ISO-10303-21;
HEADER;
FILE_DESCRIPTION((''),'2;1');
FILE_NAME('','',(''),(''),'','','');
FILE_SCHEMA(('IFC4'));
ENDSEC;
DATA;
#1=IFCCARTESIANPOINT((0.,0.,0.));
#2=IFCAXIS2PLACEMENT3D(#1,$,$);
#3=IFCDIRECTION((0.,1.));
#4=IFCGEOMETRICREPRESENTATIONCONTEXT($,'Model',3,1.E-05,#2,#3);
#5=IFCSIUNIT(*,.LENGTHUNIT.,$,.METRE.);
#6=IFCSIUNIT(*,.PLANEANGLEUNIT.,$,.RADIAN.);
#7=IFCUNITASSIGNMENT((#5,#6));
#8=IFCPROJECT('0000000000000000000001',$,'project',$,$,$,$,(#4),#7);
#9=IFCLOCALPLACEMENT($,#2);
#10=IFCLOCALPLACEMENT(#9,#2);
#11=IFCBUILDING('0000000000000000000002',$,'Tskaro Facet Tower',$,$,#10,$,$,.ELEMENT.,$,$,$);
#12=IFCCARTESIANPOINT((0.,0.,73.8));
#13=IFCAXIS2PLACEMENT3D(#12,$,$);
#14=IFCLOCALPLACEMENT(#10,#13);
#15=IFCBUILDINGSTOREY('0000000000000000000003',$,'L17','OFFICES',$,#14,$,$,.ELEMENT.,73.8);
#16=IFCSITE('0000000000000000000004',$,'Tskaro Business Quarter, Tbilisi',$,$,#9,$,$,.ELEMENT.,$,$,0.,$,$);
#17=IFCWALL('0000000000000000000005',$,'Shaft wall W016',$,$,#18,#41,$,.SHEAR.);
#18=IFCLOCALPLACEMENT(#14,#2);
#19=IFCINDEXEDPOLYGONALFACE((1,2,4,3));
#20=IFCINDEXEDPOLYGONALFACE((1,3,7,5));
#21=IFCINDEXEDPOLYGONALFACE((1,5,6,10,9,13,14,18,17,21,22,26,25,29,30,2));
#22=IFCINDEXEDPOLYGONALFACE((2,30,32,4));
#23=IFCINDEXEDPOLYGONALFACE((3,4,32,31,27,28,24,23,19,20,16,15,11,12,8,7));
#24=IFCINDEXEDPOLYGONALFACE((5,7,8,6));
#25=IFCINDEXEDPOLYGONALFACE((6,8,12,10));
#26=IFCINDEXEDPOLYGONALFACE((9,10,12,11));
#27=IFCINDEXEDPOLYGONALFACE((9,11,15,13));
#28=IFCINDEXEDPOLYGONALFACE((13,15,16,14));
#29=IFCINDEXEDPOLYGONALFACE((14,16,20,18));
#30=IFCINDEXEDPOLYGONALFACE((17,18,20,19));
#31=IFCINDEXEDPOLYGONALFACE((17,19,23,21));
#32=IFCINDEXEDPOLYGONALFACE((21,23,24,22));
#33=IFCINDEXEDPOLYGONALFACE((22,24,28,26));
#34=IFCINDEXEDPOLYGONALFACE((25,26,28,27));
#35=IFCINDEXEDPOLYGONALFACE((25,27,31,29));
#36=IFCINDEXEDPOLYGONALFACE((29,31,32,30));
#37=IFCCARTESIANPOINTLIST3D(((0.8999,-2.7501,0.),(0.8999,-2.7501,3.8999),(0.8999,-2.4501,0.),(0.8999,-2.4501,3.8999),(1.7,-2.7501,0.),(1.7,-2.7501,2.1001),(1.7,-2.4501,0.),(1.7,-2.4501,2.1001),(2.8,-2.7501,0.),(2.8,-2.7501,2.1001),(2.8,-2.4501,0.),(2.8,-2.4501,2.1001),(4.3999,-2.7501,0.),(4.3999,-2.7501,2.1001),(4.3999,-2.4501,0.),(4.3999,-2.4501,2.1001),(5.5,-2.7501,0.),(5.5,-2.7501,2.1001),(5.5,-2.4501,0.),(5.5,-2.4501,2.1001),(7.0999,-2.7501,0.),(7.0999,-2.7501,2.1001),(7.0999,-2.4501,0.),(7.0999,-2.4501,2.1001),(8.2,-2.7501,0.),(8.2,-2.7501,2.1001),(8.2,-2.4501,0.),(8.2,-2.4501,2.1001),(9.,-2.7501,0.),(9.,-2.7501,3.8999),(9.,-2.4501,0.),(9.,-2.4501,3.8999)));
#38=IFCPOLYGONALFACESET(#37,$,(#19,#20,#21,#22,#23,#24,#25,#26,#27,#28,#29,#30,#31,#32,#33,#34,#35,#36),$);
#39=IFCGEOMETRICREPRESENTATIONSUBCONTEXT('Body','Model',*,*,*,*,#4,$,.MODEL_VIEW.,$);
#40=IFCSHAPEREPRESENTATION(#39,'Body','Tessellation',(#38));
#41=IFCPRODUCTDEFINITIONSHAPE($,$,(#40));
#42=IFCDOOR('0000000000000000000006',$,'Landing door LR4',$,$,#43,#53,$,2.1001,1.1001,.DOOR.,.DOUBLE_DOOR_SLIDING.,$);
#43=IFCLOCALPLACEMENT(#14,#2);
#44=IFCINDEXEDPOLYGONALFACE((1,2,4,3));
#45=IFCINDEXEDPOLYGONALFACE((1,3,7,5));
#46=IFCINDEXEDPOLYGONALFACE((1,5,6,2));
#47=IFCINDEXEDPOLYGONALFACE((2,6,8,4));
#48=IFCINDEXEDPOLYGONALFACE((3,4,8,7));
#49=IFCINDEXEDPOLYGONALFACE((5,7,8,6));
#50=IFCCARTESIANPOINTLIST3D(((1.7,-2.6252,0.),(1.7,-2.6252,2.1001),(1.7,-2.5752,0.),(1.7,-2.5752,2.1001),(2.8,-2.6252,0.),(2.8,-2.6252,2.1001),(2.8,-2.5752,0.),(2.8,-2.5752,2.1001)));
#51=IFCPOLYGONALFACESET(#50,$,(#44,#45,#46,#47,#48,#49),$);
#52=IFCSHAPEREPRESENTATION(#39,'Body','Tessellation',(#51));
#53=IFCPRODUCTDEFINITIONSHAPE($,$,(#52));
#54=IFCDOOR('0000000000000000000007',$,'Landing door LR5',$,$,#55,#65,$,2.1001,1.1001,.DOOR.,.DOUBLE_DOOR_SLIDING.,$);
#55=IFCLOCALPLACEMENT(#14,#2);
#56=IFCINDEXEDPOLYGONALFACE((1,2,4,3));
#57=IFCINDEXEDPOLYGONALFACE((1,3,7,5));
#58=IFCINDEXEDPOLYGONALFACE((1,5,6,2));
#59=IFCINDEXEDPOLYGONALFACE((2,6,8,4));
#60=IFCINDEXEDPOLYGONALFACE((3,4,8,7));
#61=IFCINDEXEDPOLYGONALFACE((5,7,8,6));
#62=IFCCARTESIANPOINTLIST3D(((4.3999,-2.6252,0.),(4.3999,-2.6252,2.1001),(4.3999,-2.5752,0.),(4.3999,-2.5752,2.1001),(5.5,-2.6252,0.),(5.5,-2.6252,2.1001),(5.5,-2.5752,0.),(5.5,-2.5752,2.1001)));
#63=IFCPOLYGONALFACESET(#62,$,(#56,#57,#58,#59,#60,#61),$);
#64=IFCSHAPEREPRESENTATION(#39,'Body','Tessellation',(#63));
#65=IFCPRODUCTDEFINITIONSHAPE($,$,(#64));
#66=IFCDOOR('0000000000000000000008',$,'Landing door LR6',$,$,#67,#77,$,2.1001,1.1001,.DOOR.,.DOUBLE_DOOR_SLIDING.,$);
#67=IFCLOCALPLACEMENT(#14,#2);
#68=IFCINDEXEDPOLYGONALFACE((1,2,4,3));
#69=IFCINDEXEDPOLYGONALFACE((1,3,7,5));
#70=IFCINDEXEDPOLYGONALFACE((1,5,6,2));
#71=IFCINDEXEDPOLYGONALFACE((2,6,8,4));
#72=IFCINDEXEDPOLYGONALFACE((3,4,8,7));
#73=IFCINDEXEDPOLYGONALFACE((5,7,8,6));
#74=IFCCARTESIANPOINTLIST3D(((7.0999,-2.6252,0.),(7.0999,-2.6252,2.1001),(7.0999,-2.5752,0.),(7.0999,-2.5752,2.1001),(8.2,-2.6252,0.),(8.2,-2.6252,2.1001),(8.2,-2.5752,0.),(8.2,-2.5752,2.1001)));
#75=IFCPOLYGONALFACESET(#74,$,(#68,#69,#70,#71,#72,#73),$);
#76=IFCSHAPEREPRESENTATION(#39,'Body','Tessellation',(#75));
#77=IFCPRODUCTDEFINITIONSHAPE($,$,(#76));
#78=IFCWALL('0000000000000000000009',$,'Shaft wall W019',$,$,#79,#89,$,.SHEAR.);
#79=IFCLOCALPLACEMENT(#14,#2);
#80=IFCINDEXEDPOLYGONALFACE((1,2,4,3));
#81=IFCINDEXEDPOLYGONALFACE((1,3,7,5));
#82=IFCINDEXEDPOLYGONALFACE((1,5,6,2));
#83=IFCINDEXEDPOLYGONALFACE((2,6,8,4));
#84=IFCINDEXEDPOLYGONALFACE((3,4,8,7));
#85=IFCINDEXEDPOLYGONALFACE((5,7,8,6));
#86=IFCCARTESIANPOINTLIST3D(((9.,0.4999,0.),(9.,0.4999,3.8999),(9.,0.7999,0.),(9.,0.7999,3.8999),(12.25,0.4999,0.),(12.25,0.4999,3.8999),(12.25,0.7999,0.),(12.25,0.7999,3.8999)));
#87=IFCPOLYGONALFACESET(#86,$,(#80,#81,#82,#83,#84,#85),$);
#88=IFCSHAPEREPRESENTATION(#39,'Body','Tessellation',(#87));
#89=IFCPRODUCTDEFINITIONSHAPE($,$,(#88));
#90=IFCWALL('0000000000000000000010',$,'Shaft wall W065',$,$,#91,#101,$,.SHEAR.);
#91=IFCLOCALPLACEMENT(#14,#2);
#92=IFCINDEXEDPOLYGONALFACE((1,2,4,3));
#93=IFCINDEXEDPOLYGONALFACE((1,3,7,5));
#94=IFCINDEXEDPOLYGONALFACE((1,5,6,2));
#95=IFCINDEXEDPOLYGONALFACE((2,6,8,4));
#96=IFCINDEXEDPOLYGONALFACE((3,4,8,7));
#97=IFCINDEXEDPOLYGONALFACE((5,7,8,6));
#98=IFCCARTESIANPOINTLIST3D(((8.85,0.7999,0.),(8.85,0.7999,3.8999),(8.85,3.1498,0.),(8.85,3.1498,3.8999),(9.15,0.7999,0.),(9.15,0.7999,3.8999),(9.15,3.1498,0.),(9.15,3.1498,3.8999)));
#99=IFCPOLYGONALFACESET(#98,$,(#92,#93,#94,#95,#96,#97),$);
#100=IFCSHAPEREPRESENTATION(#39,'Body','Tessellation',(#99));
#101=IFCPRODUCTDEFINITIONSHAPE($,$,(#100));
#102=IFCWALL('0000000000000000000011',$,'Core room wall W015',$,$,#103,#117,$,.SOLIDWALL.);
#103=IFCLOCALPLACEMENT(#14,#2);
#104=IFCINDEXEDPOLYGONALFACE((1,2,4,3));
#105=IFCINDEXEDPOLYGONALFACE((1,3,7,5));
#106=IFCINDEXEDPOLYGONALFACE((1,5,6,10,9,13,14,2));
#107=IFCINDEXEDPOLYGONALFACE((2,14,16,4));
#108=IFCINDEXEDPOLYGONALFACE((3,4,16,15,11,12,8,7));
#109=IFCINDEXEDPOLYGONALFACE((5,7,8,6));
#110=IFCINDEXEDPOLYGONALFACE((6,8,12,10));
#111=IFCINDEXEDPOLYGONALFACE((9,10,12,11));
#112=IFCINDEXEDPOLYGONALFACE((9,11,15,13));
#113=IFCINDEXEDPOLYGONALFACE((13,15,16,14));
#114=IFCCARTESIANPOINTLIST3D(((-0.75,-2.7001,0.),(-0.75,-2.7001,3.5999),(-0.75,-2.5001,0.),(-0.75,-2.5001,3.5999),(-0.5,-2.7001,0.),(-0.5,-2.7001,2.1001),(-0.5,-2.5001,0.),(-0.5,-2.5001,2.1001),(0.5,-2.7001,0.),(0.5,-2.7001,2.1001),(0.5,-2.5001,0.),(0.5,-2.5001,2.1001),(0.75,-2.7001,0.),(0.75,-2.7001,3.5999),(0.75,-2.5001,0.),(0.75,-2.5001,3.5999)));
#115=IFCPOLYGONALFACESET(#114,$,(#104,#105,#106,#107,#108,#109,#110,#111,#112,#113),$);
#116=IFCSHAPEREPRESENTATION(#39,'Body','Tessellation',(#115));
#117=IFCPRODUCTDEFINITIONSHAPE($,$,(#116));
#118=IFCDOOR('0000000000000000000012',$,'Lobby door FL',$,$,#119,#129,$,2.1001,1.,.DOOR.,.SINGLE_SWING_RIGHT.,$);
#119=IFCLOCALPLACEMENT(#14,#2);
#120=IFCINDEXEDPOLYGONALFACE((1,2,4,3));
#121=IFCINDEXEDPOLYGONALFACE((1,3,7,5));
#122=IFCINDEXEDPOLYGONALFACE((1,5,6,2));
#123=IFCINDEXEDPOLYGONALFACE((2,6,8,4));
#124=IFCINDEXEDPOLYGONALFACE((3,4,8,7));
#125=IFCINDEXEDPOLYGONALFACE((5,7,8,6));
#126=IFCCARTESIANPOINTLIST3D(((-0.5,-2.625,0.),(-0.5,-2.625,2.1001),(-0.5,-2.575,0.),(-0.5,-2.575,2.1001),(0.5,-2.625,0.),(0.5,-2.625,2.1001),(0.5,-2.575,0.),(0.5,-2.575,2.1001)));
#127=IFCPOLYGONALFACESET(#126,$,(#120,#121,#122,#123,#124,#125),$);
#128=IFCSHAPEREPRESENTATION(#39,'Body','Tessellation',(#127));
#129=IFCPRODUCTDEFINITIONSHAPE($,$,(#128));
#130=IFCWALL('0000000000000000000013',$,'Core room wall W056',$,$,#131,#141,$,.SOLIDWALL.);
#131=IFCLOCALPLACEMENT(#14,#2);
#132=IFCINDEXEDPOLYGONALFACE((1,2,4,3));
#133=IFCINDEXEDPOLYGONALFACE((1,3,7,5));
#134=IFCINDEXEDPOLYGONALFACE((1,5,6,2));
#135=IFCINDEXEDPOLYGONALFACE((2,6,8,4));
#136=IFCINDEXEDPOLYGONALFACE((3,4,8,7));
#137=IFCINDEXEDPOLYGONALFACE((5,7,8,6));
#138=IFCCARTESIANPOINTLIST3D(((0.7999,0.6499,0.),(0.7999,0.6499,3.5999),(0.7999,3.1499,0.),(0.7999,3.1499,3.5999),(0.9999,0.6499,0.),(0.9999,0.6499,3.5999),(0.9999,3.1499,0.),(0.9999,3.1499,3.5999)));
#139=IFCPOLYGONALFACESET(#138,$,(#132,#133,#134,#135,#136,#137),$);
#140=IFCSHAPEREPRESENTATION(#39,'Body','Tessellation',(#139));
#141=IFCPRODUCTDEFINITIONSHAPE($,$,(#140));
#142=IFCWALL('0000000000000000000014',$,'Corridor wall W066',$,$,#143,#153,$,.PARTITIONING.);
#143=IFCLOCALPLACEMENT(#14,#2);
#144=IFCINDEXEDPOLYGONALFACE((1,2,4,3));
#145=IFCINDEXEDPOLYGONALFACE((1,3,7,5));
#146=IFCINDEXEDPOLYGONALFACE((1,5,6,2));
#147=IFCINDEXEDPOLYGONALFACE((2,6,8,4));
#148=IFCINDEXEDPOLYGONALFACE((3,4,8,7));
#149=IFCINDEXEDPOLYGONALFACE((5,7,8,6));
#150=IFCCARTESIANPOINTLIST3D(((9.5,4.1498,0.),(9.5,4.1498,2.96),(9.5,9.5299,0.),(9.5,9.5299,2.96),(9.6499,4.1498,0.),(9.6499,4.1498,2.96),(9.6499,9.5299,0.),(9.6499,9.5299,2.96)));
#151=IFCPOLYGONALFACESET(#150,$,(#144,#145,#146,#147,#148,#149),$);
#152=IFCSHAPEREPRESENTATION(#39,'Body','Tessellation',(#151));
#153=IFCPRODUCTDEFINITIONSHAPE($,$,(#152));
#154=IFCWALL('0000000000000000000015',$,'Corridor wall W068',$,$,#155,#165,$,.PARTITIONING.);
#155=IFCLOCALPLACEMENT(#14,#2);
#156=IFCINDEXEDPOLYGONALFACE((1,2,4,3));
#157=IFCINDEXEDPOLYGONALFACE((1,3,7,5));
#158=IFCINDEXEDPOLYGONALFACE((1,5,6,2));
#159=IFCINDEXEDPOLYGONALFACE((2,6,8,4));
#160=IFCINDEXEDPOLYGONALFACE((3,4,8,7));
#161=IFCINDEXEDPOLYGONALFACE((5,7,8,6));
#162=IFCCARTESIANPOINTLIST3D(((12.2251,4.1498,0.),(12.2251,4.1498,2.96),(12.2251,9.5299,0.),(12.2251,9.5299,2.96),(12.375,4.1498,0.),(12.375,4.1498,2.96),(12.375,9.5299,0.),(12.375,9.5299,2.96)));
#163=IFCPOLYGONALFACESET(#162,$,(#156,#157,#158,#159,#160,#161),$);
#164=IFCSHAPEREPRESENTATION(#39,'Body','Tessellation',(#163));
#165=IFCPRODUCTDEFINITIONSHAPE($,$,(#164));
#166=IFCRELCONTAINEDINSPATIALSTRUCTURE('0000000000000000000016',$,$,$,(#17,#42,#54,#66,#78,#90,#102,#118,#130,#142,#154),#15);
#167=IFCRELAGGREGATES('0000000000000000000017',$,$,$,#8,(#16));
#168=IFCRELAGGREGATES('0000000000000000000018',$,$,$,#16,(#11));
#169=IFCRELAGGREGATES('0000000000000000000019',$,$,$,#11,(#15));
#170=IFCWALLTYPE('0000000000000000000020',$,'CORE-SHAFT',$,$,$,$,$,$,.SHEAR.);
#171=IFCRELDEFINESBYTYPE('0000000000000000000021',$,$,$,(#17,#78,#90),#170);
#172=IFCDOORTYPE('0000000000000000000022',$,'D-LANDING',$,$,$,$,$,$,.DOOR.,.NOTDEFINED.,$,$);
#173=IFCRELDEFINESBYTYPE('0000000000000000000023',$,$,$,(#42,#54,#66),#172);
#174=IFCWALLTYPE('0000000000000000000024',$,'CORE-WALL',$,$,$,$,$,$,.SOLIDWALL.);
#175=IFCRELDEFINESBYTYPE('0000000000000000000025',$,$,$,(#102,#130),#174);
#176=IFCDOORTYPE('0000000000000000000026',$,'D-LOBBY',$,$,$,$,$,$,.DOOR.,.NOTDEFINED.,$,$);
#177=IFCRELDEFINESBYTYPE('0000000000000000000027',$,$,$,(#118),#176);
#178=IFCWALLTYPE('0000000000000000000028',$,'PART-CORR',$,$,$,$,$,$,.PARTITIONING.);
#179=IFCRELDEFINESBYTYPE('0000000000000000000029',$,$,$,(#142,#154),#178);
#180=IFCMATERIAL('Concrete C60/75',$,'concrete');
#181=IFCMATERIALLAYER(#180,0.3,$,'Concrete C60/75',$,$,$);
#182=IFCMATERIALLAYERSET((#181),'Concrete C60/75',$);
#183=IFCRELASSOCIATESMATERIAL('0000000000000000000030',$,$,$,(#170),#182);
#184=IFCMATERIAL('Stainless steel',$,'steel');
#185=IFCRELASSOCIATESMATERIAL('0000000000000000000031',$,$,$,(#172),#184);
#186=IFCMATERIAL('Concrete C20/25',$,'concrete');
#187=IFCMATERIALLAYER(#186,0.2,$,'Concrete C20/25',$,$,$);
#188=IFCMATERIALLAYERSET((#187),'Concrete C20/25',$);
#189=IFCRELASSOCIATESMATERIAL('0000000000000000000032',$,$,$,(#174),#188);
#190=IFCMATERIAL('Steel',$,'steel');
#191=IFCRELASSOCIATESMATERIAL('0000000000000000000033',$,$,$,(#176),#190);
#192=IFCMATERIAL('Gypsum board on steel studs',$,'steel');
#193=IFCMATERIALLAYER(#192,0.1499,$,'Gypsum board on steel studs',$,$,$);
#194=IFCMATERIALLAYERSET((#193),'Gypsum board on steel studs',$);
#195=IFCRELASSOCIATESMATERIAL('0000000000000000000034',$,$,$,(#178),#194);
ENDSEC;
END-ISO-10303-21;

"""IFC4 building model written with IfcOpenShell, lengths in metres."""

from ifc_helpers import new_model, si_unit, direction, frame, frame_2d, origin, place, context, subcontext, project, spatial, rectangle, extrude, material, layer, layer_set, type_object, element, fill, save


model = new_model("IFC4")

# Units and contexts
model_context = context("Model", 3, precision=1e-05, world=origin(), true_north=direction((0.0, 1.0)))
body_context = subcontext(model_context, "Body", "Model", "MODEL_VIEW")
ifc_project = project(units=[si_unit("LENGTHUNIT", "METRE"), si_unit("PLANEANGLEUNIT", "RADIAN")], contexts=[model_context])

# Site, building, storey
site_placement = place(None, origin())
site = spatial("IfcSite", under=ifc_project, at=site_placement, Name="Tskaro Business Quarter, Tbilisi", CompositionType="ELEMENT", RefElevation=0.0)
building_placement = place(site_placement, origin())
building = spatial("IfcBuilding", under=site, at=building_placement, Name="Tskaro Facet Tower", CompositionType="ELEMENT")
storey_placement = place(building_placement, frame((0.0, 0.0, 73.8)))
storey = spatial("IfcBuildingStorey", under=building, at=storey_placement, Name="L17", Description="OFFICES", CompositionType="ELEMENT", Elevation=73.8)

# Wall, openings, doors
ifc_material_1 = material(Name="Concrete C60/75", Category="concrete")
ifc_layer_1 = layer(ifc_material_1, 0.3, Name="Concrete C60/75")
ifc_layer_set_1 = layer_set([ifc_layer_1], Name="Concrete C60/75")
wall_type_1 = type_object("IfcWallType", Name="CORE-SHAFT", PredefinedType="SHEAR", material=ifc_layer_set_1)
wall_1_placement = place(storey_placement, frame((0.8999, -2.6001, 0.0), z_axis=(0.0, 0.0, 1.0), x_axis=(1.0, 0.0, 0.0)))
wall_1 = element("IfcWall", 1, at=wall_1_placement, inside=storey, type_object=wall_type_1, Name="Shaft wall W016", PredefinedType="SHEAR", context=body_context, shape_type="SweptSolid", body=[
    extrude(rectangle(XDim=8.1001, YDim=0.3, at=frame_2d((4.05, 0.0))), origin(), (0.0, 0.0, 1.0), 3.8999),
])
opening_1_placement = place(wall_1_placement, frame((0.8, 0.0, 0.0)))
opening_1 = element("IfcOpeningElement", 2, at=opening_1_placement, cuts=wall_1, PredefinedType="OPENING", context=body_context, shape_type="SweptSolid", body=[
    extrude(rectangle(XDim=1.1001, YDim=2.1001, at=frame_2d((0.55, 1.05))), frame((0.0, 0.1599, 0.0), z_axis=(0.0, -1.0, 0.0), x_axis=(1.0, 0.0, 0.0)), (0.0, 0.0, 1.0), 0.3201),
])
opening_2_placement = place(wall_1_placement, frame((3.5, 0.0, 0.0)))
opening_2 = element("IfcOpeningElement", 3, at=opening_2_placement, cuts=wall_1, PredefinedType="OPENING", context=body_context, shape_type="SweptSolid", body=[
    extrude(rectangle(XDim=1.1001, YDim=2.1001, at=frame_2d((0.55, 1.05))), frame((0.0, 0.1599, 0.0), z_axis=(0.0, -1.0, 0.0), x_axis=(1.0, 0.0, 0.0)), (0.0, 0.0, 1.0), 0.3201),
])
opening_3_placement = place(wall_1_placement, frame((6.2, 0.0, 0.0)))
opening_3 = element("IfcOpeningElement", 4, at=opening_3_placement, cuts=wall_1, PredefinedType="OPENING", context=body_context, shape_type="SweptSolid", body=[
    extrude(rectangle(XDim=1.1001, YDim=2.1001, at=frame_2d((0.55, 1.05))), frame((0.0, 0.1599, 0.0), z_axis=(0.0, -1.0, 0.0), x_axis=(1.0, 0.0, 0.0)), (0.0, 0.0, 1.0), 0.3201),
])
ifc_material_2 = material(Name="Stainless steel", Category="steel")
door_type_1 = type_object("IfcDoorType", Name="D-LANDING", OperationType="NOTDEFINED", PredefinedType="DOOR", material=ifc_material_2)
door_1_placement = place(opening_1_placement, origin())
door_1 = element("IfcDoor", 5, at=door_1_placement, inside=storey, type_object=door_type_1, Name="Landing door LR4", OperationType="DOUBLE_DOOR_SLIDING", OverallHeight=2.1001, OverallWidth=1.1001, PredefinedType="DOOR", context=body_context, shape_type="SweptSolid", body=[
    extrude(rectangle(XDim=1.1001, YDim=2.1001, at=frame_2d((0.55, 1.05))), frame((0.0, 0.0249, 0.0), z_axis=(0.0, -1.0, 0.0), x_axis=(1.0, 0.0, 0.0)), (0.0, 0.0, 1.0), 0.05),
])
fill(opening_1, door_1)
door_2_placement = place(opening_2_placement, origin())
door_2 = element("IfcDoor", 6, at=door_2_placement, inside=storey, type_object=door_type_1, Name="Landing door LR5", OperationType="DOUBLE_DOOR_SLIDING", OverallHeight=2.1001, OverallWidth=1.1001, PredefinedType="DOOR", context=body_context, shape_type="SweptSolid", body=[
    extrude(rectangle(XDim=1.1001, YDim=2.1001, at=frame_2d((0.55, 1.05))), frame((0.0, 0.0249, 0.0), z_axis=(0.0, -1.0, 0.0), x_axis=(1.0, 0.0, 0.0)), (0.0, 0.0, 1.0), 0.05),
])
fill(opening_2, door_2)
door_3_placement = place(opening_3_placement, origin())
door_3 = element("IfcDoor", 7, at=door_3_placement, inside=storey, type_object=door_type_1, Name="Landing door LR6", OperationType="DOUBLE_DOOR_SLIDING", OverallHeight=2.1001, OverallWidth=1.1001, PredefinedType="DOOR", context=body_context, shape_type="SweptSolid", body=[
    extrude(rectangle(XDim=1.1001, YDim=2.1001, at=frame_2d((0.55, 1.05))), frame((0.0, 0.0249, 0.0), z_axis=(0.0, -1.0, 0.0), x_axis=(1.0, 0.0, 0.0)), (0.0, 0.0, 1.0), 0.05),
])
fill(opening_3, door_3)

# Walls
wall_2_placement = place(storey_placement, frame((12.25, 0.6499, 0.0), z_axis=(0.0, 0.0, 1.0), x_axis=(-1.0, 0.0, 0.0)))
element("IfcWall", 8, at=wall_2_placement, inside=storey, type_object=wall_type_1, Name="Shaft wall W019", PredefinedType="SHEAR", context=body_context, shape_type="SweptSolid", body=[
    extrude(rectangle(XDim=3.25, YDim=0.3, at=frame_2d((1.625, 0.0))), origin(), (0.0, 0.0, 1.0), 3.8999),
])
wall_3_placement = place(storey_placement, frame((9.0, 0.8, 0.0), z_axis=(0.0, 0.0, 1.0), x_axis=(0.0, 1.0, 0.0)))
element("IfcWall", 9, at=wall_3_placement, inside=storey, type_object=wall_type_1, Name="Shaft wall W065", PredefinedType="SHEAR", context=body_context, shape_type="SweptSolid", body=[
    extrude(rectangle(XDim=2.3499, YDim=0.3, at=frame_2d((1.1748, 0.0))), origin(), (0.0, 0.0, 1.0), 3.8999),
])

# Wall, opening, door
ifc_material_3 = material(Name="Concrete C20/25", Category="concrete")
ifc_layer_2 = layer(ifc_material_3, 0.2, Name="Concrete C20/25")
ifc_layer_set_2 = layer_set([ifc_layer_2], Name="Concrete C20/25")
wall_type_2 = type_object("IfcWallType", Name="CORE-WALL", PredefinedType="SOLIDWALL", material=ifc_layer_set_2)
wall_4_placement = place(storey_placement, frame((0.75, -2.6001, 0.0), z_axis=(0.0, 0.0, 1.0), x_axis=(-1.0, 0.0, 0.0)))
wall_4 = element("IfcWall", 10, at=wall_4_placement, inside=storey, type_object=wall_type_2, Name="Core room wall W015", PredefinedType="SOLIDWALL", context=body_context, shape_type="SweptSolid", body=[
    extrude(rectangle(XDim=1.5, YDim=0.2, at=frame_2d((0.75, 0.0))), origin(), (0.0, 0.0, 1.0), 3.5999),
])
opening_4_placement = place(wall_4_placement, frame((0.25, 0.0, 0.0)))
opening_4 = element("IfcOpeningElement", 11, at=opening_4_placement, cuts=wall_4, PredefinedType="OPENING", context=body_context, shape_type="SweptSolid", body=[
    extrude(rectangle(XDim=1.0, YDim=2.1001, at=frame_2d((0.5, 1.05))), frame((0.0, 0.1099, 0.0), z_axis=(0.0, -1.0, 0.0), x_axis=(1.0, 0.0, 0.0)), (0.0, 0.0, 1.0), 0.22),
])
ifc_material_4 = material(Name="Steel", Category="steel")
door_type_2 = type_object("IfcDoorType", Name="D-LOBBY", OperationType="NOTDEFINED", PredefinedType="DOOR", material=ifc_material_4)
door_4_placement = place(opening_4_placement, origin())
door_4 = element("IfcDoor", 12, at=door_4_placement, inside=storey, type_object=door_type_2, Name="Lobby door FL", OperationType="SINGLE_SWING_RIGHT", OverallHeight=2.1001, OverallWidth=1.0, PredefinedType="DOOR", context=body_context, shape_type="SweptSolid", body=[
    extrude(rectangle(XDim=1.0, YDim=2.1001, at=frame_2d((0.5, 1.05))), frame((0.0, 0.0249, 0.0), z_axis=(0.0, -1.0, 0.0), x_axis=(1.0, 0.0, 0.0)), (0.0, 0.0, 1.0), 0.05),
])
fill(opening_4, door_4)

# Walls
wall_5_placement = place(storey_placement, frame((0.8999, 0.6499, 0.0), z_axis=(0.0, 0.0, 1.0), x_axis=(0.0, 1.0, 0.0)))
element("IfcWall", 13, at=wall_5_placement, inside=storey, type_object=wall_type_2, Name="Core room wall W056", PredefinedType="SOLIDWALL", context=body_context, shape_type="SweptSolid", body=[
    extrude(rectangle(XDim=2.5, YDim=0.2, at=frame_2d((1.25, 0.0))), origin(), (0.0, 0.0, 1.0), 3.5999),
])
ifc_material_5 = material(Name="Gypsum board on steel studs", Category="steel")
ifc_layer_3 = layer(ifc_material_5, 0.1499, Name="Gypsum board on steel studs")
ifc_layer_set_3 = layer_set([ifc_layer_3], Name="Gypsum board on steel studs")
wall_type_3 = type_object("IfcWallType", Name="PART-CORR", PredefinedType="PARTITIONING", material=ifc_layer_set_3)
for number, where, z_axis, x_axis, name in (
    (14, (9.575, 4.1499, 0.0), (0.0, 0.0, 1.0), (0.0, 1.0, 0.0), "Corridor wall W066"),
    (15, (12.3, 4.1499, 0.0), (0.0, 0.0, 1.0), (0.0, 1.0, 0.0), "Corridor wall W068"),
):
    element("IfcWall", number, at=place(storey_placement, frame(where, z_axis=z_axis, x_axis=x_axis)), inside=storey, type_object=wall_type_3, Name=name, PredefinedType="PARTITIONING", context=body_context, shape_type="SweptSolid", body=[
        extrude(rectangle(XDim=5.3801, YDim=0.1499, at=frame_2d((2.6899, 0.0))), origin(), (0.0, 0.0, 1.0), 2.96),
    ])

save(model, "model.ifc")
